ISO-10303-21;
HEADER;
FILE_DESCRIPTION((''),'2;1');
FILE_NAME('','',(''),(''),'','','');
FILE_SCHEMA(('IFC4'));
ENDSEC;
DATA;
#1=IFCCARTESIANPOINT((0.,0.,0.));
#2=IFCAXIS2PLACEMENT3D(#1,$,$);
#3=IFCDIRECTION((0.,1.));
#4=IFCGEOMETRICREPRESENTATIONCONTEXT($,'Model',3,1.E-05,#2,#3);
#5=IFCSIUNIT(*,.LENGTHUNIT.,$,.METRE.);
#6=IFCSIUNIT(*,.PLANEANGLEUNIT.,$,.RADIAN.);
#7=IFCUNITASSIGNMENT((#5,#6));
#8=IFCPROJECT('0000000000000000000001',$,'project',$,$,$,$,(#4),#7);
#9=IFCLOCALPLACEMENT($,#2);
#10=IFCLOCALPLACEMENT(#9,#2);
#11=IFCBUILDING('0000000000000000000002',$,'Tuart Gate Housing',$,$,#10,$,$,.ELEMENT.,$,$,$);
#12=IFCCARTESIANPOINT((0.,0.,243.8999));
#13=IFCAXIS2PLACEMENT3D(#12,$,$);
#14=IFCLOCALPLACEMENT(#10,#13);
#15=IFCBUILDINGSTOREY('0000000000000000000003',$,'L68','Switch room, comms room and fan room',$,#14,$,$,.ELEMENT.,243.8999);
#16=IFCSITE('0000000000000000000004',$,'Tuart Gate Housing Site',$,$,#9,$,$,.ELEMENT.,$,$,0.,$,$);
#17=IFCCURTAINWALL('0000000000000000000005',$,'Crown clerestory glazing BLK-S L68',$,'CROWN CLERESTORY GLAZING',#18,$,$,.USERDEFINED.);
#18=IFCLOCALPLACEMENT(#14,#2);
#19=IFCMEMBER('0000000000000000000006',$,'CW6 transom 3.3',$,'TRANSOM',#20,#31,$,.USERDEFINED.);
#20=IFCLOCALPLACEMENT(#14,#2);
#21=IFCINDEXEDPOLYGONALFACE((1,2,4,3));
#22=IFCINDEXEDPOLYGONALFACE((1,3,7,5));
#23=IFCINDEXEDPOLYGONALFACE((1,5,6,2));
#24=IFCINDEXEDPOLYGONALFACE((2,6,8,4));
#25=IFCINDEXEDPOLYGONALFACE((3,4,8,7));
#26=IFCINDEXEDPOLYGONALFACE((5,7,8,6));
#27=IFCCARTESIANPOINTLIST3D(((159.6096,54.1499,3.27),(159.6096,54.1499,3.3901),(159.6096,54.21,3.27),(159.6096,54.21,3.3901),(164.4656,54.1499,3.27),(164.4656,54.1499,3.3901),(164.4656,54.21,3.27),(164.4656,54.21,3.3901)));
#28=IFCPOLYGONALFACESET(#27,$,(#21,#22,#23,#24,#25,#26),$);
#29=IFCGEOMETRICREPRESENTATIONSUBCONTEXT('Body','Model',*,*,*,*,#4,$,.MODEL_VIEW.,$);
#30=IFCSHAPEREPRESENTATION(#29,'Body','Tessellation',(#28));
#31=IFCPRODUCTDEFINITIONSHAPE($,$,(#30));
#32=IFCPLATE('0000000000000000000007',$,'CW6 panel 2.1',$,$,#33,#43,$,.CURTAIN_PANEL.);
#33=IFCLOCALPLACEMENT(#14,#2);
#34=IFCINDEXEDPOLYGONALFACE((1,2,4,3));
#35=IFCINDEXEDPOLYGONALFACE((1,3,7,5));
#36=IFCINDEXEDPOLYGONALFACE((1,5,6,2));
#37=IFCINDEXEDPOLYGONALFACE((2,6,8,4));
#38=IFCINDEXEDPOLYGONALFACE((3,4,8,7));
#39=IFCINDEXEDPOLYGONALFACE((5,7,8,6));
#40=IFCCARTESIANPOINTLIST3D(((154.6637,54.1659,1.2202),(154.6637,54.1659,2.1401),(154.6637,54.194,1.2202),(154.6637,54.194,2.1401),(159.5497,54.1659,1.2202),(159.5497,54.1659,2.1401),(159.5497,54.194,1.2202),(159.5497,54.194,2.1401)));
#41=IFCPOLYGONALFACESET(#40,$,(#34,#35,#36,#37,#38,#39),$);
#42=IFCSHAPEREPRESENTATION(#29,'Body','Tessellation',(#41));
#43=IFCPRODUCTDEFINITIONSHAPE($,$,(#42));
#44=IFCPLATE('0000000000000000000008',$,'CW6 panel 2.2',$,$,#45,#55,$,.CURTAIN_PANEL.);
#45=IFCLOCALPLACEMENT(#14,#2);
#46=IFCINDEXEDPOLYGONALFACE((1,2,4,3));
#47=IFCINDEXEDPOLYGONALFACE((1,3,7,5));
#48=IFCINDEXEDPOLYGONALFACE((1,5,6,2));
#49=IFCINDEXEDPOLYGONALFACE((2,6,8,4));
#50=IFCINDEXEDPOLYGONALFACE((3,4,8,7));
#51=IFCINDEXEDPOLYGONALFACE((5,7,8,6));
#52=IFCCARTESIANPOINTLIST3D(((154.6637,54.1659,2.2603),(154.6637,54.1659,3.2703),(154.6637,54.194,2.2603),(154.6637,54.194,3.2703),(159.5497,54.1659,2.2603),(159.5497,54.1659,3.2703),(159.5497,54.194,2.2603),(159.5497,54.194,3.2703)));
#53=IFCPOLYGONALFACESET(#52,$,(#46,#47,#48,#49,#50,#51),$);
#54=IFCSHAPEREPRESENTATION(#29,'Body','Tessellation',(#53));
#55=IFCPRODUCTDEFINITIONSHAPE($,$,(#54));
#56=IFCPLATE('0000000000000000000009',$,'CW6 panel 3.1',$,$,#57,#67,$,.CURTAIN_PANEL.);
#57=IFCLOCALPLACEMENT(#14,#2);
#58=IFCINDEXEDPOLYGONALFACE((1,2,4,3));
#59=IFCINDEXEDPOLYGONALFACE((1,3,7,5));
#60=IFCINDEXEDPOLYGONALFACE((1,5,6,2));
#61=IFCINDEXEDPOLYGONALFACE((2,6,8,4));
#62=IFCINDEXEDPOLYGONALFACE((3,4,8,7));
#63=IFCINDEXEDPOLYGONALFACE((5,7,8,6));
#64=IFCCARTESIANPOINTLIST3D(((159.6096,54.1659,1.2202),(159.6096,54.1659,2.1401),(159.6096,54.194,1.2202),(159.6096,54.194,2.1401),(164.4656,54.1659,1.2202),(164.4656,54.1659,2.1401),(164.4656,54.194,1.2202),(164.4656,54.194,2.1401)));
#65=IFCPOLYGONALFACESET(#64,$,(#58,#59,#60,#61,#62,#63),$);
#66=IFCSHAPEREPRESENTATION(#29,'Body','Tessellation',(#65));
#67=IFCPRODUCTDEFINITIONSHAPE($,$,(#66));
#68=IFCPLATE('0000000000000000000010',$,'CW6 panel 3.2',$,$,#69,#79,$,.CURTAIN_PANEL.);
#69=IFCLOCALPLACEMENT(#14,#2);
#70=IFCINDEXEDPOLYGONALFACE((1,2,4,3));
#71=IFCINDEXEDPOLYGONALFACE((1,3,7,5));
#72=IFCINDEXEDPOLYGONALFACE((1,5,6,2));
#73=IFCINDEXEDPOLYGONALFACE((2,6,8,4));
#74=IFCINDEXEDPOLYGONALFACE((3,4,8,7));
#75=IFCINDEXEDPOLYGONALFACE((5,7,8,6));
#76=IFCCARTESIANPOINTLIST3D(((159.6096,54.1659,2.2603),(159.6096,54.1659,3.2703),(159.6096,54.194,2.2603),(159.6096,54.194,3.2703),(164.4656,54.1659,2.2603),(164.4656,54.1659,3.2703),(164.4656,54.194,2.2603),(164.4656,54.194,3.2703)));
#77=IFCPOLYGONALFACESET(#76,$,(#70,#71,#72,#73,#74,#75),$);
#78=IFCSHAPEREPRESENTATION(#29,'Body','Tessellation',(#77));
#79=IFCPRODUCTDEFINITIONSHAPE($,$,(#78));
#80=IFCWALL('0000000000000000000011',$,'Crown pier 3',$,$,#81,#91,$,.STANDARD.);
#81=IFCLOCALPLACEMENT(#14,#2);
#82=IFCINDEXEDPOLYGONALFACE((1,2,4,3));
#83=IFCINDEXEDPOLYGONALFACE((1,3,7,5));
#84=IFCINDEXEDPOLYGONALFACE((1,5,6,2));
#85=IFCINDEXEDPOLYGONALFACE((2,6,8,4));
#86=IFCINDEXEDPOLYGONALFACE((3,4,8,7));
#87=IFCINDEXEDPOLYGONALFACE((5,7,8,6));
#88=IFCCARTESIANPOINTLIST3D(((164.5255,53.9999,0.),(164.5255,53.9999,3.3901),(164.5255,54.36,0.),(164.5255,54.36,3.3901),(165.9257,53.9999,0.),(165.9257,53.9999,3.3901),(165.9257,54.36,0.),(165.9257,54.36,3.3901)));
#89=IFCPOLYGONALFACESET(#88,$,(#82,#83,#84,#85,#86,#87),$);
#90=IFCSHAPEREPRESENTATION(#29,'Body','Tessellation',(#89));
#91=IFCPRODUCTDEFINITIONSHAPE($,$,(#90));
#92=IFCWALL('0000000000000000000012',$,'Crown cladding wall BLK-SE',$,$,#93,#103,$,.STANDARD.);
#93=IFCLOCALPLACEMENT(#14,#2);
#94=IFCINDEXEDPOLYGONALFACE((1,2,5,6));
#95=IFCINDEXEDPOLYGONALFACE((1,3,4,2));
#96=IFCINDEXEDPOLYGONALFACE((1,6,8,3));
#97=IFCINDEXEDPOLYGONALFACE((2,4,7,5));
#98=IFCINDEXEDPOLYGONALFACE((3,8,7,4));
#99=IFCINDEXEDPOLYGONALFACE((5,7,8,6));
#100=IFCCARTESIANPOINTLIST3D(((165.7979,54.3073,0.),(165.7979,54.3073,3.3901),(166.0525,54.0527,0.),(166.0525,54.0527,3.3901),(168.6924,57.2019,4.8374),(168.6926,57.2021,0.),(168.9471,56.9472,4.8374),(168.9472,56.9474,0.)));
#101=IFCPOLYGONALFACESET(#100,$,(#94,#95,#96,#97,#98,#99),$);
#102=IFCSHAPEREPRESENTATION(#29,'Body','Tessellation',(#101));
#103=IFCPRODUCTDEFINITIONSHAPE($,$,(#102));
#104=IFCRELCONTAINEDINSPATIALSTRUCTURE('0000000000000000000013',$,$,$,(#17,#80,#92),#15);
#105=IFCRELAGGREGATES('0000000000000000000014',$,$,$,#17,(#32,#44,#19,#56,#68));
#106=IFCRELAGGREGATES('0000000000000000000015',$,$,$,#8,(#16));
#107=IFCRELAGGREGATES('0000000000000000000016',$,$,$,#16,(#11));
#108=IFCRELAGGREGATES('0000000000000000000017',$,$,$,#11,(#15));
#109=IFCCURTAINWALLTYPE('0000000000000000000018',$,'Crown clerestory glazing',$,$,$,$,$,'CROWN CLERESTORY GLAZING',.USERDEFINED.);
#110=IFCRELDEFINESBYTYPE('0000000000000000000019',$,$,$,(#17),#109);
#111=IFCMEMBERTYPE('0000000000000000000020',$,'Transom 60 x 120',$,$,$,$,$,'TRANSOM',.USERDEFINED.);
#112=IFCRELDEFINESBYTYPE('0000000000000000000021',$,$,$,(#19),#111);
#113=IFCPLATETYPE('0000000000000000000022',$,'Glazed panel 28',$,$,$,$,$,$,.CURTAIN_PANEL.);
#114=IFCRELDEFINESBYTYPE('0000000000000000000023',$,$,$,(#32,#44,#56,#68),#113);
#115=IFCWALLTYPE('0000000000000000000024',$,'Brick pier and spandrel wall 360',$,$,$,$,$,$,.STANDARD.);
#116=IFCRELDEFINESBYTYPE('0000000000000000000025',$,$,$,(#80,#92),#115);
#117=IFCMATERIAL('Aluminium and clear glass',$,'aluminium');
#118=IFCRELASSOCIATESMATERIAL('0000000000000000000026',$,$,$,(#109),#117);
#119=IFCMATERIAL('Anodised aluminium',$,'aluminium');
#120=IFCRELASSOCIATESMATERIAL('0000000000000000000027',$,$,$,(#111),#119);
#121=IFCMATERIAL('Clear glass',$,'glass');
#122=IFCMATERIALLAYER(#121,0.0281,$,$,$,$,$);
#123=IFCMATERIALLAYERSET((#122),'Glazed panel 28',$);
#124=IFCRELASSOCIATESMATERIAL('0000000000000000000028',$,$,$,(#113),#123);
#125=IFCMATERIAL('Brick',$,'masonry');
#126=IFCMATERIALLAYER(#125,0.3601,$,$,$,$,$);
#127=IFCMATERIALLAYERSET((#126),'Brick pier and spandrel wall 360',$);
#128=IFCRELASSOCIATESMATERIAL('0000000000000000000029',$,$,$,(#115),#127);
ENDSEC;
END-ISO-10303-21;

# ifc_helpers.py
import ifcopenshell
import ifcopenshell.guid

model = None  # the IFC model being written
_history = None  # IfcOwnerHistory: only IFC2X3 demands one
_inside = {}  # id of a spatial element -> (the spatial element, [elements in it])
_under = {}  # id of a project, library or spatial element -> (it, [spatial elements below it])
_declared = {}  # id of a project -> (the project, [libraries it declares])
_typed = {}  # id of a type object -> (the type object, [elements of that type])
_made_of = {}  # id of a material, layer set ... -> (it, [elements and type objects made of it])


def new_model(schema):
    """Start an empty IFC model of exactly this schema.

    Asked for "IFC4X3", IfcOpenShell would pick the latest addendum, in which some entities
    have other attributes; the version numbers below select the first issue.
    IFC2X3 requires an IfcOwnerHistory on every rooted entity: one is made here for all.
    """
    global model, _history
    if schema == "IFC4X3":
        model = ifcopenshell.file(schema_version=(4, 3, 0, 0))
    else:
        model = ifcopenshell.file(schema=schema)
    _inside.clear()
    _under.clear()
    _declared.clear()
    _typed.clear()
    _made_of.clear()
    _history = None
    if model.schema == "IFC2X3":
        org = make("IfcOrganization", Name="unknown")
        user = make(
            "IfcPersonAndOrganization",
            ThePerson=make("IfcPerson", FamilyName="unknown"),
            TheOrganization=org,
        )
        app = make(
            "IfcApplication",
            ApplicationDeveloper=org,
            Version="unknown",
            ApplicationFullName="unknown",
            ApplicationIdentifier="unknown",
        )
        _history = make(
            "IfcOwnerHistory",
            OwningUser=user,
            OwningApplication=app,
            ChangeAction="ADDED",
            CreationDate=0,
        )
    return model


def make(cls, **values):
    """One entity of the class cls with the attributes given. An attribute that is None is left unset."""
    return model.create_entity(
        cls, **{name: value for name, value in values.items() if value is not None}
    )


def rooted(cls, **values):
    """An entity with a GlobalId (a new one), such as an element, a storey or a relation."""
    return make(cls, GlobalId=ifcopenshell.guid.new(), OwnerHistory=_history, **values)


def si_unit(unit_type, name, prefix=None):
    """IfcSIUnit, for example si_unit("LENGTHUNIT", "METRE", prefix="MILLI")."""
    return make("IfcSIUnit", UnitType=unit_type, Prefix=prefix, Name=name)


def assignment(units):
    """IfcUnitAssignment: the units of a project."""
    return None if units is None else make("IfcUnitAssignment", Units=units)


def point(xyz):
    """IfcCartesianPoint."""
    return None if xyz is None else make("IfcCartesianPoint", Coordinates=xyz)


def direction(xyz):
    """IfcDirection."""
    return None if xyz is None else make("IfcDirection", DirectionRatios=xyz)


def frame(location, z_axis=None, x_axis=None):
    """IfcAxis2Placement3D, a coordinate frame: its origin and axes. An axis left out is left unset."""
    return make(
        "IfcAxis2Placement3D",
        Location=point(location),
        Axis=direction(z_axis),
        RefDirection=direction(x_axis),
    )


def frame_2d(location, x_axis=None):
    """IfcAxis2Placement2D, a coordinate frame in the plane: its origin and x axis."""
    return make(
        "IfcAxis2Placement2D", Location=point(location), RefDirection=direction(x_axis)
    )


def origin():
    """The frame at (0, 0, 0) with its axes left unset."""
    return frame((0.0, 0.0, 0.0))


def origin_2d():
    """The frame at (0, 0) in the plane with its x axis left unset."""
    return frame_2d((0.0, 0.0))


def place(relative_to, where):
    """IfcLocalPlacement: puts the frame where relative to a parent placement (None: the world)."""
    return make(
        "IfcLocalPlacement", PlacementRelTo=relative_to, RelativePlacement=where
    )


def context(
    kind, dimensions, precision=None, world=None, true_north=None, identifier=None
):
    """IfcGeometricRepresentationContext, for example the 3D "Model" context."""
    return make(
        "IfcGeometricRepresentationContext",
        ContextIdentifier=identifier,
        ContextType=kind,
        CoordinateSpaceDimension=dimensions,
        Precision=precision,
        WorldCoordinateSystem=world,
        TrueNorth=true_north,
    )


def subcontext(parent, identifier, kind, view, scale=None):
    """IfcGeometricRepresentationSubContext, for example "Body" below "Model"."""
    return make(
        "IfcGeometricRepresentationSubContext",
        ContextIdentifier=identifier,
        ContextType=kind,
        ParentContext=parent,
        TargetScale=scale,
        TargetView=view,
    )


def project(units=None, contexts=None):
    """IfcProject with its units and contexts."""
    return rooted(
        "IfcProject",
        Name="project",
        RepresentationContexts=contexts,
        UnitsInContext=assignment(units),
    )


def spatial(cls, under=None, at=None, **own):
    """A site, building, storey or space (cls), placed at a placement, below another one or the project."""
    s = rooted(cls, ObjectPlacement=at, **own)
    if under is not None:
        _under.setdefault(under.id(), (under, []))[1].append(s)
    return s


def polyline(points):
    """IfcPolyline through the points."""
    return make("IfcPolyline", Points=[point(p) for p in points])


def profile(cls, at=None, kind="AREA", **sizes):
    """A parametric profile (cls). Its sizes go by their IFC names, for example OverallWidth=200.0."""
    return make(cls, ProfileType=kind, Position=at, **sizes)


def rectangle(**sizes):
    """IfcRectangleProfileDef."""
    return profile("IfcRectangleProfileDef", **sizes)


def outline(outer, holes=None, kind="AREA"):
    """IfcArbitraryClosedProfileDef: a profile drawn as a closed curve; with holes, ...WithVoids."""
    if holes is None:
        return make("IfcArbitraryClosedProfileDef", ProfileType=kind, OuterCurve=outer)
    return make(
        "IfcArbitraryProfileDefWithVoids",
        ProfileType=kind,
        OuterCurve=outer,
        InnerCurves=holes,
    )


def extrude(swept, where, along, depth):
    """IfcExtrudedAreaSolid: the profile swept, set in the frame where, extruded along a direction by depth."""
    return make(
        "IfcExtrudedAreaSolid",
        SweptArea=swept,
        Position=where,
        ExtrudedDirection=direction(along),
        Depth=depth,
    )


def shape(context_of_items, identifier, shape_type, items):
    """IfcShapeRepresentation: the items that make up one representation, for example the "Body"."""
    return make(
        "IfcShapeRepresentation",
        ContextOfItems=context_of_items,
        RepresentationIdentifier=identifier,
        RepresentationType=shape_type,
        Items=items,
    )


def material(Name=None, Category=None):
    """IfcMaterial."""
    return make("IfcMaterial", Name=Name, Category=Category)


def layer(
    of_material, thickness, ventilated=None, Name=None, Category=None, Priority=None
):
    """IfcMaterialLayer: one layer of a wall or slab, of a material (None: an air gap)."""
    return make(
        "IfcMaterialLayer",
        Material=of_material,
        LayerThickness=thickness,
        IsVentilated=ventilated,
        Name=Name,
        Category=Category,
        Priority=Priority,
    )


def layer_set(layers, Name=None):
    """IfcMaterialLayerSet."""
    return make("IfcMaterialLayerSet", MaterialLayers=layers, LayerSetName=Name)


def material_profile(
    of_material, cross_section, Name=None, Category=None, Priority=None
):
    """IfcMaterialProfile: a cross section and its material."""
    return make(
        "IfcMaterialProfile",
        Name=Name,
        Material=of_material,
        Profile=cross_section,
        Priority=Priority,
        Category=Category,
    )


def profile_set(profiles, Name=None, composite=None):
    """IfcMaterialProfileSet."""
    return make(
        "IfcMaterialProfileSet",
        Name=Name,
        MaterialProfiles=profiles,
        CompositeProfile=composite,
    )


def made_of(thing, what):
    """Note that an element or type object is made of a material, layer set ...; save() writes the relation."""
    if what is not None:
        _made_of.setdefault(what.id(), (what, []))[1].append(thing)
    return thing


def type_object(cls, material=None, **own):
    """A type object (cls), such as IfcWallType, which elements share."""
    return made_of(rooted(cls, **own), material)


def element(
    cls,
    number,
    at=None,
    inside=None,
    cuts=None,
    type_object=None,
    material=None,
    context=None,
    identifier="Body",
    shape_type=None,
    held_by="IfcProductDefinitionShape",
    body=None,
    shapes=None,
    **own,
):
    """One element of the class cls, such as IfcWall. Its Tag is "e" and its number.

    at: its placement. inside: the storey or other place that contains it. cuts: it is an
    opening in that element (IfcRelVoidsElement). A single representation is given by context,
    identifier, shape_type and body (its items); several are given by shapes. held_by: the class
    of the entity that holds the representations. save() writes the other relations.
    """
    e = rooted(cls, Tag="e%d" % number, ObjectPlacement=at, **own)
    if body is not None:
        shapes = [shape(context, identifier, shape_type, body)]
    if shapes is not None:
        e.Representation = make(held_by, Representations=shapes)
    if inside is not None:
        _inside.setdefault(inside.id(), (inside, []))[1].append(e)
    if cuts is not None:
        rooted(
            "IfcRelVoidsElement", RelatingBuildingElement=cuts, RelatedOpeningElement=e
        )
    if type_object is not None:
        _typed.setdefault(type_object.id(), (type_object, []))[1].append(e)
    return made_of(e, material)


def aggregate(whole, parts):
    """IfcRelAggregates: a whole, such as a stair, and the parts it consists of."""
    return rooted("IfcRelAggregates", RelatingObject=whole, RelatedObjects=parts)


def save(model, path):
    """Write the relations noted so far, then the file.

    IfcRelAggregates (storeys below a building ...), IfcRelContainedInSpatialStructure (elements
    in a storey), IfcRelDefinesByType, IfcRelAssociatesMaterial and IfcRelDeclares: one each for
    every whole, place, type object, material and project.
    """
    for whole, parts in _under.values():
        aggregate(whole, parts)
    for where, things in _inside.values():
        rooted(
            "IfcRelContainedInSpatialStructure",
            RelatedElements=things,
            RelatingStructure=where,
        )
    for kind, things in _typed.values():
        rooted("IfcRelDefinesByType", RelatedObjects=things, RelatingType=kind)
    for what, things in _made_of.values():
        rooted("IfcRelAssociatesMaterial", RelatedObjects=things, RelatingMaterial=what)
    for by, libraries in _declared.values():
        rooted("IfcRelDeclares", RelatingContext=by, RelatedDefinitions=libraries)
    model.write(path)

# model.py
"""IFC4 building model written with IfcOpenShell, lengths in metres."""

from ifc_helpers import new_model, si_unit, direction, frame, frame_2d, origin, origin_2d, place, context, subcontext, project, spatial, polyline, rectangle, outline, extrude, material, layer, layer_set, material_profile, profile_set, type_object, element, aggregate, save


model = new_model("IFC4")

# Units and contexts
model_context = context("Model", 3, precision=1e-05, world=origin(), true_north=direction((0.0, 1.0)))
body_context = subcontext(model_context, "Body", "Model", "MODEL_VIEW")
ifc_project = project(units=[si_unit("LENGTHUNIT", "METRE"), si_unit("PLANEANGLEUNIT", "RADIAN")], contexts=[model_context])

# Site, building, storey
site_placement = place(None, origin())
site = spatial("IfcSite", under=ifc_project, at=site_placement, Name="Tuart Gate Housing Site", CompositionType="ELEMENT", RefElevation=0.0)
building_placement = place(site_placement, origin())
building = spatial("IfcBuilding", under=site, at=building_placement, Name="Tuart Gate Housing", CompositionType="ELEMENT")
storey_placement = place(building_placement, frame((0.0, 0.0, 243.8999)))
storey = spatial("IfcBuildingStorey", under=building, at=storey_placement, Name="L68", Description="Switch room, comms room and fan room", CompositionType="ELEMENT", Elevation=243.8999)

# Curtain wall, member, plates
ifc_material_1 = material(Name="Aluminium and clear glass", Category="aluminium")
curtain_wall_type = type_object("IfcCurtainWallType", Name="Crown clerestory glazing", ElementType="CROWN CLERESTORY GLAZING", PredefinedType="USERDEFINED", material=ifc_material_1)
curtain_wall_placement = place(storey_placement, origin())
curtain_wall = element("IfcCurtainWall", 1, at=curtain_wall_placement, inside=storey, type_object=curtain_wall_type, Name="Crown clerestory glazing BLK-S L68", ObjectType="CROWN CLERESTORY GLAZING", PredefinedType="USERDEFINED")
ifc_material_2 = material(Name="Anodised aluminium", Category="aluminium")
ifc_material_profile_1 = material_profile(ifc_material_2, rectangle(XDim=0.0601, YDim=0.1201, at=origin_2d()), Name="60x120")
ifc_profile_set_1 = profile_set([ifc_material_profile_1], Name="Anodised aluminium")
member_type_1 = type_object("IfcMemberType", Name="Transom 60 x 120", ElementType="TRANSOM", PredefinedType="USERDEFINED", material=ifc_profile_set_1)
member_1_placement = place(storey_placement, frame((159.6096, 54.1799, 3.3301), z_axis=(1.0, 0.0, 0.0), x_axis=(0.0, 1.0, 0.0)))
member_1 = element("IfcMember", 2, at=member_1_placement, type_object=member_type_1, Name="CW6 transom 3.3", ObjectType="TRANSOM", PredefinedType="USERDEFINED", context=body_context, shape_type="SweptSolid", body=[
    extrude(rectangle(XDim=0.0601, YDim=0.1201, at=origin_2d()), origin(), (0.0, 0.0, 1.0), 4.856),
])
ifc_material_3 = material(Name="Clear glass", Category="glass")
ifc_layer_1 = layer(ifc_material_3, 0.0281)
ifc_layer_set_1 = layer_set([ifc_layer_1], Name="Glazed panel 28")
plate_type = type_object("IfcPlateType", Name="Glazed panel 28", PredefinedType="CURTAIN_PANEL", material=ifc_layer_set_1)
plate_1_placement = place(storey_placement, frame((157.1067, 54.1799, 1.2202), z_axis=(0.0, 0.0, 1.0), x_axis=(1.0, 0.0, 0.0)))
plate_1 = element("IfcPlate", 3, at=plate_1_placement, type_object=plate_type, Name="CW6 panel 2.1", PredefinedType="CURTAIN_PANEL", context=body_context, shape_type="SweptSolid", body=[
    extrude(rectangle(XDim=4.886, YDim=0.0281, at=origin_2d()), origin(), (0.0, 0.0, 1.0), 0.9199),
])
plate_2_placement = place(storey_placement, frame((157.1067, 54.1799, 2.2603), z_axis=(0.0, 0.0, 1.0), x_axis=(1.0, 0.0, 0.0)))
plate_2 = element("IfcPlate", 4, at=plate_2_placement, type_object=plate_type, Name="CW6 panel 2.2", PredefinedType="CURTAIN_PANEL", context=body_context, shape_type="SweptSolid", body=[
    extrude(rectangle(XDim=4.886, YDim=0.0281, at=origin_2d()), origin(), (0.0, 0.0, 1.0), 1.01),
])
plate_3_placement = place(storey_placement, frame((162.0376, 54.1799, 1.2202), z_axis=(0.0, 0.0, 1.0), x_axis=(1.0, 0.0, 0.0)))
plate_3 = element("IfcPlate", 5, at=plate_3_placement, type_object=plate_type, Name="CW6 panel 3.1", PredefinedType="CURTAIN_PANEL", context=body_context, shape_type="SweptSolid", body=[
    extrude(rectangle(XDim=4.856, YDim=0.0281, at=origin_2d()), origin(), (0.0, 0.0, 1.0), 0.9199),
])
plate_4_placement = place(storey_placement, frame((162.0376, 54.1799, 2.2603), z_axis=(0.0, 0.0, 1.0), x_axis=(1.0, 0.0, 0.0)))
plate_4 = element("IfcPlate", 6, at=plate_4_placement, type_object=plate_type, Name="CW6 panel 3.2", PredefinedType="CURTAIN_PANEL", context=body_context, shape_type="SweptSolid", body=[
    extrude(rectangle(XDim=4.856, YDim=0.0281, at=origin_2d()), origin(), (0.0, 0.0, 1.0), 1.01),
])
aggregate(curtain_wall, [plate_1, plate_2, member_1, plate_3, plate_4])

# Walls
ifc_material_4 = material(Name="Brick", Category="masonry")
ifc_layer_2 = layer(ifc_material_4, 0.3601)
ifc_layer_set_2 = layer_set([ifc_layer_2], Name="Brick pier and spandrel wall 360")
wall_type_1 = type_object("IfcWallType", Name="Brick pier and spandrel wall 360", PredefinedType="STANDARD", material=ifc_layer_set_2)
wall_1_placement = place(storey_placement, frame((164.5254, 54.1799, 0.0), z_axis=(0.0, 0.0, 1.0), x_axis=(1.0, 0.0, 0.0)))
element("IfcWall", 7, at=wall_1_placement, inside=storey, type_object=wall_type_1, Name="Crown pier 3", PredefinedType="STANDARD", context=body_context, shape_type="SweptSolid", body=[
    extrude(rectangle(XDim=1.4001, YDim=0.3601, at=frame_2d((0.7002, 0.0))), origin(), (0.0, 0.0, 1.0), 3.3901),
])
wall_2_placement = place(storey_placement, frame((165.9253, 54.1799, 0.0), z_axis=(0.0, 0.0, 1.0), x_axis=(0.707107, 0.707107, 0.0)))
element("IfcWall", 8, at=wall_2_placement, inside=storey, type_object=wall_type_1, Name="Crown cladding wall BLK-SE", PredefinedType="STANDARD", context=body_context, shape_type="SweptSolid", body=[
    extrude(outline(polyline([(0.0, 0.0), (4.0938, 0.0), (4.0935, 4.8374), (0.0, 3.3901), (0.0, 0.0)])), frame((0.0, 0.1802, 0.0), z_axis=(0.0, -1.0, 0.0), x_axis=(1.0, 0.0, 0.0)), (0.0, 0.0, 1.0), 0.3601),
])

save(model, "model.ifc")
